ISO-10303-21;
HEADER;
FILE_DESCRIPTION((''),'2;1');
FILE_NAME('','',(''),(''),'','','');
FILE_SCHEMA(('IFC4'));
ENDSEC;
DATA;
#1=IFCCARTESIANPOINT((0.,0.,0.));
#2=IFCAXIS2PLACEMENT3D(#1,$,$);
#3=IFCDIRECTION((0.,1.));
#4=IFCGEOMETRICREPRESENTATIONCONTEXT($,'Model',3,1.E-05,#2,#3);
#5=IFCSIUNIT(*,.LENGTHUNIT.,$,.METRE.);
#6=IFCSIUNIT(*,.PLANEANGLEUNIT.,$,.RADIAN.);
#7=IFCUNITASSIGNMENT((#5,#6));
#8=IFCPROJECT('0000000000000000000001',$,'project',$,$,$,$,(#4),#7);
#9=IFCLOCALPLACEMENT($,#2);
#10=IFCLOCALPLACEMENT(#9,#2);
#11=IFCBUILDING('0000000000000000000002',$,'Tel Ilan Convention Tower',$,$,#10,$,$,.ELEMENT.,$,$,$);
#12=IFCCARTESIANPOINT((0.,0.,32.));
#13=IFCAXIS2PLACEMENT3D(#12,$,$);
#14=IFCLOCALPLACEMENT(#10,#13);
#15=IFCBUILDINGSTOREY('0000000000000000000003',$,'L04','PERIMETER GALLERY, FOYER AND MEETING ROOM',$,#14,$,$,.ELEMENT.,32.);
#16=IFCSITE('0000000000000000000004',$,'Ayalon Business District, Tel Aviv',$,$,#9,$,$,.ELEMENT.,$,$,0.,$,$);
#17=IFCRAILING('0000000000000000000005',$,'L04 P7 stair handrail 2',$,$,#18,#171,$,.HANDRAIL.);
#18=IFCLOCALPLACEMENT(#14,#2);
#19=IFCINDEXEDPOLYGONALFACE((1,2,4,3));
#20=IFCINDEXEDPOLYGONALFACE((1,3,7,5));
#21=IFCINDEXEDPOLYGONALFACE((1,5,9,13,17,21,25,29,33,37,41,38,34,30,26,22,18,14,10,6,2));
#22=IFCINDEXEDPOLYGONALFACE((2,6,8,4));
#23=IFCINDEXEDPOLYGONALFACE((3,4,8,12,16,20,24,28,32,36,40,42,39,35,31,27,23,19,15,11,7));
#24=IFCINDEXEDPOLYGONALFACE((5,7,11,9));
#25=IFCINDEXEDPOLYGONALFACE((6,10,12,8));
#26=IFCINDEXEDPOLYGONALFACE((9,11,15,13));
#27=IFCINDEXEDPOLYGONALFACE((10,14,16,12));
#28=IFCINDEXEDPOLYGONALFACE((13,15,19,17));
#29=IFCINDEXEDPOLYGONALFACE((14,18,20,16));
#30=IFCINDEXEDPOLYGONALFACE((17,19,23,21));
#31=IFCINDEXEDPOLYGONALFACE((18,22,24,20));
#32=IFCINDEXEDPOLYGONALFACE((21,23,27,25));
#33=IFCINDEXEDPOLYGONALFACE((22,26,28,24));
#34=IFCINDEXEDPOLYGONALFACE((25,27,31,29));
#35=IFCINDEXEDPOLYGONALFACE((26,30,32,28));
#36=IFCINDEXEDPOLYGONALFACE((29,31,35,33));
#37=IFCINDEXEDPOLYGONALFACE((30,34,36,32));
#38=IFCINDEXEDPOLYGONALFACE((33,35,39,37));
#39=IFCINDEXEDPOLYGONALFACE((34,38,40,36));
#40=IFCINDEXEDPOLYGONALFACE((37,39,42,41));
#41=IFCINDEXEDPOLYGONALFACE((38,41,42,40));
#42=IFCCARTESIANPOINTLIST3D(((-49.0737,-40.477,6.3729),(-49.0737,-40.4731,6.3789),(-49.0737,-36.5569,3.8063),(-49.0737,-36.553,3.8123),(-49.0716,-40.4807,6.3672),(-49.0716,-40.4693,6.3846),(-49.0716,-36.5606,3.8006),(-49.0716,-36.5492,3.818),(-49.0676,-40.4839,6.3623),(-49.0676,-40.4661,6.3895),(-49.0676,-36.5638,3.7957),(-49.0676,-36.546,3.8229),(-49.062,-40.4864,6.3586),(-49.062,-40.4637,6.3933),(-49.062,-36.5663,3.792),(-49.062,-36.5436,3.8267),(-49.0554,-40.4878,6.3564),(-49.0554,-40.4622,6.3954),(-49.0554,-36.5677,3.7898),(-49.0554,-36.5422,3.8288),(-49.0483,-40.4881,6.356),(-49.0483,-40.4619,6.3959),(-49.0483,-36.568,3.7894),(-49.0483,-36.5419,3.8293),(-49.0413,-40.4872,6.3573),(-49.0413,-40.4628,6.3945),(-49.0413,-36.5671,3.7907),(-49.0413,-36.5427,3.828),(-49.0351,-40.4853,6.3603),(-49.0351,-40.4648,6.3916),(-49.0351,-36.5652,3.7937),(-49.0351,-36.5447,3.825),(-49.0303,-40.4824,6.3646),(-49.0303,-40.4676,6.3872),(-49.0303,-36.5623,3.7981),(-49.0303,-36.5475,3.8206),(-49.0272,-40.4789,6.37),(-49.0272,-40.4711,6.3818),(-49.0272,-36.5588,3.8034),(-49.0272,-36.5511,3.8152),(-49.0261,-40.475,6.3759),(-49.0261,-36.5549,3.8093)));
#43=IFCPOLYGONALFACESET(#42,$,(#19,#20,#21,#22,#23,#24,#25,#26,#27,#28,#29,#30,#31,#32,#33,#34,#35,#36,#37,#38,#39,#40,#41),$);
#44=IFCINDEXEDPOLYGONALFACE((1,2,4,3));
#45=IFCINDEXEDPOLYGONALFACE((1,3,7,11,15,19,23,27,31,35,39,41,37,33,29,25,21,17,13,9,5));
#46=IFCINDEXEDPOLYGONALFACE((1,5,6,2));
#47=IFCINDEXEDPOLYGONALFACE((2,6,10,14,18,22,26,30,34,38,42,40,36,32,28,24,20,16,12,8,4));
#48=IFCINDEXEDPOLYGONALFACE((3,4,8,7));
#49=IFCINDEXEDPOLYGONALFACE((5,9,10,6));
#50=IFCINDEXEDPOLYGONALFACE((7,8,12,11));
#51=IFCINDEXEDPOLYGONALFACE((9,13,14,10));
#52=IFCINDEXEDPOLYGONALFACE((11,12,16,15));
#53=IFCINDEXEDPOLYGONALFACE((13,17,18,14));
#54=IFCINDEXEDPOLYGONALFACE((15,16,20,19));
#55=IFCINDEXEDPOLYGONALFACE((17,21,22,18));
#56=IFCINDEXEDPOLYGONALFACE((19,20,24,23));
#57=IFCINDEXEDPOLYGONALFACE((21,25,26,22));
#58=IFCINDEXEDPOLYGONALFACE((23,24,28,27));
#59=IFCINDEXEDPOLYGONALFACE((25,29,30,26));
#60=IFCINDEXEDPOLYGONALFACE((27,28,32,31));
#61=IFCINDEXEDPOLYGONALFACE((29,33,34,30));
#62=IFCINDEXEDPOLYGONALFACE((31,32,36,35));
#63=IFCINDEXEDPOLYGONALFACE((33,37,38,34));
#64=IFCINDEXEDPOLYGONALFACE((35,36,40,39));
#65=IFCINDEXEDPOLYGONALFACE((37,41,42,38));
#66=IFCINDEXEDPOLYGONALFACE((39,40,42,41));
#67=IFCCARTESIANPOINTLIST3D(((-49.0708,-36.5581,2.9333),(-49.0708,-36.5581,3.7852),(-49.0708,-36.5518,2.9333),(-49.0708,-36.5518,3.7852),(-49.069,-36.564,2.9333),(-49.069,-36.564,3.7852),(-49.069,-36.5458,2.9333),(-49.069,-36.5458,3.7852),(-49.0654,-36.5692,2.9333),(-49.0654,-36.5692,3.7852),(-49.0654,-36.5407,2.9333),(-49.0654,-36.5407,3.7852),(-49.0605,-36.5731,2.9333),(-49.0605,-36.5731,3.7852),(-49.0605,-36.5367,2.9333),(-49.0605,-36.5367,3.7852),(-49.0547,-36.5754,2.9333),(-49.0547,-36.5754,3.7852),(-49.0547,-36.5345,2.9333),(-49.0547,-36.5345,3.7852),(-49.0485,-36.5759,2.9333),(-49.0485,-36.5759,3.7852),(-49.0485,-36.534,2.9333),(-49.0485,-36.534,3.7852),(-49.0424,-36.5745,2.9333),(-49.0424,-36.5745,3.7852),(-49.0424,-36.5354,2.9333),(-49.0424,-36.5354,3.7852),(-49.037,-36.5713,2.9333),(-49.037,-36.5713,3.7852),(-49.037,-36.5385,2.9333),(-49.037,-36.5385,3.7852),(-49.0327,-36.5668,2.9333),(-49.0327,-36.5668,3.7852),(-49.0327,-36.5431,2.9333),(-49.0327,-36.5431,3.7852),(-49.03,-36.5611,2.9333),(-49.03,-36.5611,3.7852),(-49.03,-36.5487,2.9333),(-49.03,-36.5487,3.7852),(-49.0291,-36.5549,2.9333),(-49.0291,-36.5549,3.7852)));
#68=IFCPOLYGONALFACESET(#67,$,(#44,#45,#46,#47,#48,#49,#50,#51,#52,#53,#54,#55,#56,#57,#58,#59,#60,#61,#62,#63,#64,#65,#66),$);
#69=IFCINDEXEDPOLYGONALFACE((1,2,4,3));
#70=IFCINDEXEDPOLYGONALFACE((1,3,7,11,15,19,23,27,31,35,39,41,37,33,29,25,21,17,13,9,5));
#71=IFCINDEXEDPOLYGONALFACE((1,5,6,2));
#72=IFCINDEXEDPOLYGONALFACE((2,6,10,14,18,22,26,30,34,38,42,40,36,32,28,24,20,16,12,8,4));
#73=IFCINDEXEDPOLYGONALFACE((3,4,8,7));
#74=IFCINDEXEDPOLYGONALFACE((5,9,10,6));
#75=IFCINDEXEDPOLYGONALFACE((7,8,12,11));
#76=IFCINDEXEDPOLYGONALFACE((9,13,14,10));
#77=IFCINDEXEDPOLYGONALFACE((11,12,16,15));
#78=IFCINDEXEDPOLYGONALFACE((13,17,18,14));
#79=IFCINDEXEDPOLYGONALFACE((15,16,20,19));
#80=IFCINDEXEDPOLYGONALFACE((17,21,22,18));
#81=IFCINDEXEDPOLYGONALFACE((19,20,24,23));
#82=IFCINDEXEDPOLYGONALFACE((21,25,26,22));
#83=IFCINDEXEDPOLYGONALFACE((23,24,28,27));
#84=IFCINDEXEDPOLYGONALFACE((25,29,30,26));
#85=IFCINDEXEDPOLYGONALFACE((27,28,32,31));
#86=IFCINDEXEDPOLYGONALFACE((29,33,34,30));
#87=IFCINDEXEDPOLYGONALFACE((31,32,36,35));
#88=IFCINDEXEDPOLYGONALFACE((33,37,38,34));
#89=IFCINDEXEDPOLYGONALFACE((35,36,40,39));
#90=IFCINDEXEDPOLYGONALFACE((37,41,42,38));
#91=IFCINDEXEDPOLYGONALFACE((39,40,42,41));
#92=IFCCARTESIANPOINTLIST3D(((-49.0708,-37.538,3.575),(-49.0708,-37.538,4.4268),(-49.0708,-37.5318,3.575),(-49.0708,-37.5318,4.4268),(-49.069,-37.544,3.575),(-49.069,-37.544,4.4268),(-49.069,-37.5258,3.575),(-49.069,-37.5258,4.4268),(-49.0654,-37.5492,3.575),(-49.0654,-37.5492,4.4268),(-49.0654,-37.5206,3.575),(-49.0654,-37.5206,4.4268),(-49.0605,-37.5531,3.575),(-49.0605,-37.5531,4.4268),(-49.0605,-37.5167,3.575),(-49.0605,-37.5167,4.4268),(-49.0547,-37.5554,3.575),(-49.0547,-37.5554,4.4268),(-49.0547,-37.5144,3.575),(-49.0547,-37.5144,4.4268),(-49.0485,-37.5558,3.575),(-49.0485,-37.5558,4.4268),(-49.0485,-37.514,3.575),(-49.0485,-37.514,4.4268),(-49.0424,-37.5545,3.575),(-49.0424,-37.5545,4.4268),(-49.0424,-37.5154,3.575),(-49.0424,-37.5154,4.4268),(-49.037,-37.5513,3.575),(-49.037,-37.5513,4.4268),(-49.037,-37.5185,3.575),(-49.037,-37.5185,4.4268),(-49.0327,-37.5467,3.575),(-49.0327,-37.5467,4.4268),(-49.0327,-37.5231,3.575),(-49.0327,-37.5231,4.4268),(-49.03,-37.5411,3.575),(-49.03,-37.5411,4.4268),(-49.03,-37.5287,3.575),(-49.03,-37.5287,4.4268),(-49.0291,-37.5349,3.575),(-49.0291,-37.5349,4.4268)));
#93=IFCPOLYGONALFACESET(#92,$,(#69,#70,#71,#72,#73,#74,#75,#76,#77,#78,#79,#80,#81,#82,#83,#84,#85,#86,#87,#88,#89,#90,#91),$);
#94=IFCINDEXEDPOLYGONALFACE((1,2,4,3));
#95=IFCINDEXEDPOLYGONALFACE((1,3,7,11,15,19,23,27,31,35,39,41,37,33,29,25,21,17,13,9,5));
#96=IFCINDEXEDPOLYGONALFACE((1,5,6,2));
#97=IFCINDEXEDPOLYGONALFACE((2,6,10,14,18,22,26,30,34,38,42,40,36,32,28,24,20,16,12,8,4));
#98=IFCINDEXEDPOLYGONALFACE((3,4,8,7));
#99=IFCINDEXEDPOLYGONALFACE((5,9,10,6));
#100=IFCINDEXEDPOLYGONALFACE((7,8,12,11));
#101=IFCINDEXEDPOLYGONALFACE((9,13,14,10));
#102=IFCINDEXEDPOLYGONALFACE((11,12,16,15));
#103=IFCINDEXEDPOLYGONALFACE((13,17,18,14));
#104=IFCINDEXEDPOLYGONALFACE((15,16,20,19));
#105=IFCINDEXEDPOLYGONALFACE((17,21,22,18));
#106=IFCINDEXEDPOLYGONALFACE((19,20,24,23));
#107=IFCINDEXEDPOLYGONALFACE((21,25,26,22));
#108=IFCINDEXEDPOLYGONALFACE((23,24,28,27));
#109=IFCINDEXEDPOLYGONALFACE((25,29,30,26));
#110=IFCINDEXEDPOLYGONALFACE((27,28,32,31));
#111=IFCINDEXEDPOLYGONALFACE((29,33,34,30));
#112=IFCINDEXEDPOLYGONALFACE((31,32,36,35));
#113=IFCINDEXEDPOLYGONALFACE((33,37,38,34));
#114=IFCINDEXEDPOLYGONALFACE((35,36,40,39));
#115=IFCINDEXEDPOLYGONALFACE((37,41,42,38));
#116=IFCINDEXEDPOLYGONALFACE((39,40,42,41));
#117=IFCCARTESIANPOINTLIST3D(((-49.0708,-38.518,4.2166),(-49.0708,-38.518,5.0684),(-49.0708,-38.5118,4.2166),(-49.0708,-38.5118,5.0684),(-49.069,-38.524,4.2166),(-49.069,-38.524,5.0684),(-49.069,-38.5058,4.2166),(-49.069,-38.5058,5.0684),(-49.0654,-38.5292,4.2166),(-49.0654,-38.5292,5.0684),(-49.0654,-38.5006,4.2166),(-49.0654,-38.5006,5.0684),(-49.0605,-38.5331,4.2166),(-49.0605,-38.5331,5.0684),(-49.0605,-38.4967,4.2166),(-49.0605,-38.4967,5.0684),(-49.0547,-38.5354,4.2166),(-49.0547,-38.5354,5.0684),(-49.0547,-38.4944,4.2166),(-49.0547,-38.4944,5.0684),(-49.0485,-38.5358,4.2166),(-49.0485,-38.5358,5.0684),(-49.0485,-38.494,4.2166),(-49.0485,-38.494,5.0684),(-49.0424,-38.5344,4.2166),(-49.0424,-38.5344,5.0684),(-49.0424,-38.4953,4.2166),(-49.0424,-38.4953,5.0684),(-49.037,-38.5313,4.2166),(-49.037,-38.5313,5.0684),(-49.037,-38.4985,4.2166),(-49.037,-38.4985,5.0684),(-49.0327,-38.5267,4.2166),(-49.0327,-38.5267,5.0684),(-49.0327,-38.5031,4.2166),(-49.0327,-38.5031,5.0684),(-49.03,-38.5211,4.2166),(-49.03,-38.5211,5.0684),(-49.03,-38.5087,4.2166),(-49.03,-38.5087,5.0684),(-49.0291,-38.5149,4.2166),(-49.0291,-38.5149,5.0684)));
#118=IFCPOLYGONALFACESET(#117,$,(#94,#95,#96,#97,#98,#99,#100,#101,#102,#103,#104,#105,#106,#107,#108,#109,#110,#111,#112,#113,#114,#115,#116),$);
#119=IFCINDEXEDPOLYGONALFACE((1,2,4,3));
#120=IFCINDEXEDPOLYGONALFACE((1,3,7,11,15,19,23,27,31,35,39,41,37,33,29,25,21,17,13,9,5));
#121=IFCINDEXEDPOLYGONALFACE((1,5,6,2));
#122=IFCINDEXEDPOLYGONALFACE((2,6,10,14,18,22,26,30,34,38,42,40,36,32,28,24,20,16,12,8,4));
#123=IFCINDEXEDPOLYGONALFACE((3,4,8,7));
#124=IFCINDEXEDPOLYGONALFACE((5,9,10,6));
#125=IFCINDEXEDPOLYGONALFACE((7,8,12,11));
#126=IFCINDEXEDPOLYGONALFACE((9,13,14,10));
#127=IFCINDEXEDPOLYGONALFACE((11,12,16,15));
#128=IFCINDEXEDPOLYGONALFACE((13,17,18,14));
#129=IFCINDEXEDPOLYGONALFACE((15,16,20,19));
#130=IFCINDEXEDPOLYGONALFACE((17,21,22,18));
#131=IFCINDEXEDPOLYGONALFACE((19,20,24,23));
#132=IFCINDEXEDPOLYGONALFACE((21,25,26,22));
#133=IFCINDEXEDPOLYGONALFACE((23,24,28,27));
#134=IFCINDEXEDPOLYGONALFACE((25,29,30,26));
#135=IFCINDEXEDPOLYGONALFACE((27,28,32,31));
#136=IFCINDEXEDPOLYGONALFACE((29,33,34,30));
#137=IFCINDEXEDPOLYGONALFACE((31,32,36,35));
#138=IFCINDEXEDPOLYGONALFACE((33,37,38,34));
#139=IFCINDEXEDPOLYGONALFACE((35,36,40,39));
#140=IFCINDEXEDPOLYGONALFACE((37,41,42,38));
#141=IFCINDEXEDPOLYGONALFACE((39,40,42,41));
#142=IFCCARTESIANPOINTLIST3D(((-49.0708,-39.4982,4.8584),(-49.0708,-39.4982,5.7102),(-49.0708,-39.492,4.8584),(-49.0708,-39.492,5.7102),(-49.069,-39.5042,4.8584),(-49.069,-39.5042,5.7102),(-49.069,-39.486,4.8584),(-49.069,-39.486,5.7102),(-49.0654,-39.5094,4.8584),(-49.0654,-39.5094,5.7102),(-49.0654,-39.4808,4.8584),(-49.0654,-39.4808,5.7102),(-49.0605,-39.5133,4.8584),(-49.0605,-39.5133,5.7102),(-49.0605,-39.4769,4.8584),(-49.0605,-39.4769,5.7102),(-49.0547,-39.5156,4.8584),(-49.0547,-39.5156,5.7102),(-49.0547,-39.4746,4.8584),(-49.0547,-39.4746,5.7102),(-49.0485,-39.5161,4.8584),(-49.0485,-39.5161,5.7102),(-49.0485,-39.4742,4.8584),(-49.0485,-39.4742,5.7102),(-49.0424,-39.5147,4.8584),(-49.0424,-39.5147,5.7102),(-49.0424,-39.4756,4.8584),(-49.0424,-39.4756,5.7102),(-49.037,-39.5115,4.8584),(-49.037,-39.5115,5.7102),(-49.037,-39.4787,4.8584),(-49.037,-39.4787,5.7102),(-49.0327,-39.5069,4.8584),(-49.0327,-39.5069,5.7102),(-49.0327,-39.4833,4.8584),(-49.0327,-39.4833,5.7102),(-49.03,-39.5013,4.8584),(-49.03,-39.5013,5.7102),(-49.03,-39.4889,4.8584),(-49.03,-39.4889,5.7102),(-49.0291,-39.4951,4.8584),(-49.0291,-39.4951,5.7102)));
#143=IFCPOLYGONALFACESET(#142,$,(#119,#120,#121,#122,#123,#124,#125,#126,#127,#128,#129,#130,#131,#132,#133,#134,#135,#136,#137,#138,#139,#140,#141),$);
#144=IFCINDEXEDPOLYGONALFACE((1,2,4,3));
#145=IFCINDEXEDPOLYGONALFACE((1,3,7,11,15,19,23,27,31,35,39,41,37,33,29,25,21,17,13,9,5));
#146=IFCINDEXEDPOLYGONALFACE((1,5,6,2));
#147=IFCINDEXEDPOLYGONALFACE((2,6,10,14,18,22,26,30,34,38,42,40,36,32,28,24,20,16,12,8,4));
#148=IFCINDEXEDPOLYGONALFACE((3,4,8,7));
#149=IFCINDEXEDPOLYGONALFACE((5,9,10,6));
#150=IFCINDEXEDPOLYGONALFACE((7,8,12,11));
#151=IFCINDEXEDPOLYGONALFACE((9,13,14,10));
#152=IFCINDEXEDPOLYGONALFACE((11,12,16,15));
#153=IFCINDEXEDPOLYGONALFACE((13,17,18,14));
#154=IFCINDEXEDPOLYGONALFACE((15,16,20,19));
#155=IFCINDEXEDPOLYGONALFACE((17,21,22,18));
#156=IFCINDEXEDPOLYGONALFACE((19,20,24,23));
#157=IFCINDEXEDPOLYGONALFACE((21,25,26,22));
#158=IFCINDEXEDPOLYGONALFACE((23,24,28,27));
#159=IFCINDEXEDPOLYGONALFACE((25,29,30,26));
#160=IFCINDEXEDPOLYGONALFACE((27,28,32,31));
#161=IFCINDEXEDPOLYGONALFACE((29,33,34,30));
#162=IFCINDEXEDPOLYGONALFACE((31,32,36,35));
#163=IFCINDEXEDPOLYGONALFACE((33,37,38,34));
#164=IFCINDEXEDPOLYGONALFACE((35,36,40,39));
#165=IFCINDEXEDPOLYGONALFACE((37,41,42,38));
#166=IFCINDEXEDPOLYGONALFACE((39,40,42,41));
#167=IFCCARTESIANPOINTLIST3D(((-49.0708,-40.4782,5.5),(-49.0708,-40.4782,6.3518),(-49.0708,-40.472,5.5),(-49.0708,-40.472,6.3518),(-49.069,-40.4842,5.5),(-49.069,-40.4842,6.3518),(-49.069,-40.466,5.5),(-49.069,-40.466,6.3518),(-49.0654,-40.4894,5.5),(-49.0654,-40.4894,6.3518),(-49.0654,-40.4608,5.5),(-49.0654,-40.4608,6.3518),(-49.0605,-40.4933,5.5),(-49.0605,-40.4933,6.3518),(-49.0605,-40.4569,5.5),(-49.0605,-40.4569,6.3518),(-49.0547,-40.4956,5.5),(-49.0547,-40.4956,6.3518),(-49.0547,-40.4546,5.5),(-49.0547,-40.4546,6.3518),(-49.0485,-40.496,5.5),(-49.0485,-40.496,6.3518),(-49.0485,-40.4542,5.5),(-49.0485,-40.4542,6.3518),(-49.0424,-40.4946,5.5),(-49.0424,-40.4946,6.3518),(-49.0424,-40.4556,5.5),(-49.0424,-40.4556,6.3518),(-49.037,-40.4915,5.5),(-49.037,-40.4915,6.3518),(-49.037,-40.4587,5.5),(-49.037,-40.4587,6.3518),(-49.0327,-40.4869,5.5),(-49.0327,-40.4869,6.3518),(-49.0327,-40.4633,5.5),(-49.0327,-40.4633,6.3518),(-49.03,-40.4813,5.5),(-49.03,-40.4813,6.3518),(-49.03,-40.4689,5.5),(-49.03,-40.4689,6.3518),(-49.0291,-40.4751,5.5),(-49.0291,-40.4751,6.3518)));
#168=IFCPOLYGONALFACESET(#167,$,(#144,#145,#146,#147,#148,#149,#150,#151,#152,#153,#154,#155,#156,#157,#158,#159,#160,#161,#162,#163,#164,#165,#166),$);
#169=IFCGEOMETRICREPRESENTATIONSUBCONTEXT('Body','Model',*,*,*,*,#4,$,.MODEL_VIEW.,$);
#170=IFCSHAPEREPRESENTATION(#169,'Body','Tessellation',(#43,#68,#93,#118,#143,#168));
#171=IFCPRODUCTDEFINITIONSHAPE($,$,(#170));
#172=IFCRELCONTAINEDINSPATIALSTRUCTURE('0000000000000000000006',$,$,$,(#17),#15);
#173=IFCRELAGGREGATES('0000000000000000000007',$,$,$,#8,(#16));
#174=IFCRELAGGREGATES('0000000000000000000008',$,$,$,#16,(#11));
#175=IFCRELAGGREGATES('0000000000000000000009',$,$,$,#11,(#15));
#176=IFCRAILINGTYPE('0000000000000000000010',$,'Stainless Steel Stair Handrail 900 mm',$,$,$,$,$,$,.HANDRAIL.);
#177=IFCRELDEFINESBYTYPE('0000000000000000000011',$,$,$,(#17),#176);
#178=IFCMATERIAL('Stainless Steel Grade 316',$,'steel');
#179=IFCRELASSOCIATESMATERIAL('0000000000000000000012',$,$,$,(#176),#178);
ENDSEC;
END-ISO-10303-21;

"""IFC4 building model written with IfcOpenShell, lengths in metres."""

from ifc_helpers import new_model, si_unit, direction, frame, origin, origin_2d, place, context, subcontext, project, spatial, circle, extrude, material, type_object, element, save


model = new_model("IFC4")

# Units and contexts
model_context = context("Model", 3, precision=1e-05, world=origin(), true_north=direction((0.0, 1.0)))
body_context = subcontext(model_context, "Body", "Model", "MODEL_VIEW")
ifc_project = project(units=[si_unit("LENGTHUNIT", "METRE"), si_unit("PLANEANGLEUNIT", "RADIAN")], contexts=[model_context])

# Site, building, storey
site_placement = place(None, origin())
site = spatial("IfcSite", under=ifc_project, at=site_placement, Name="Ayalon Business District, Tel Aviv", CompositionType="ELEMENT", RefElevation=0.0)
building_placement = place(site_placement, origin())
building = spatial("IfcBuilding", under=site, at=building_placement, Name="Tel Ilan Convention Tower", CompositionType="ELEMENT")
storey_placement = place(building_placement, frame((0.0, 0.0, 32.0)))
storey = spatial("IfcBuildingStorey", under=building, at=storey_placement, Name="L04", Description="PERIMETER GALLERY, FOYER AND MEETING ROOM", CompositionType="ELEMENT", Elevation=32.0)

# Railing
ifc_material_1 = material(Name="Stainless Steel Grade 316", Category="steel")
railing_type_1 = type_object("IfcRailingType", Name="Stainless Steel Stair Handrail 900 mm", PredefinedType="HANDRAIL", material=ifc_material_1)
railing_1_placement = place(storey_placement, frame((-49.05, -36.5549, 2.9333)))
element("IfcRailing", 1, at=railing_1_placement, inside=storey, type_object=railing_type_1, Name="L04 P7 stair handrail 2", PredefinedType="HANDRAIL", context=body_context, shape_type="SweptSolid", body=[
    extrude(circle(Radius=0.0239, at=origin_2d()), frame((0.0, 0.0, 0.876), z_axis=(0.0, -0.836631, 0.547767), x_axis=(1.0, 0.0, 0.0)), (0.0, 0.0, 1.0), 4.6855),
    extrude(circle(Radius=0.021, at=origin_2d()), origin(), (0.0, 0.0, 1.0), 0.8518),
    extrude(circle(Radius=0.021, at=origin_2d()), frame((0.0, -0.98, 0.6416)), (0.0, 0.0, 1.0), 0.8518),
    extrude(circle(Radius=0.021, at=origin_2d()), frame((0.0, -1.96, 1.2832)), (0.0, 0.0, 1.0), 0.8518),
    extrude(circle(Radius=0.021, at=origin_2d()), frame((0.0, -2.9402, 1.925)), (0.0, 0.0, 1.0), 0.8518),
    extrude(circle(Radius=0.021, at=origin_2d()), frame((0.0, -3.9202, 2.5667)), (0.0, 0.0, 1.0), 0.8518),
])

save(model, "model.ifc")
